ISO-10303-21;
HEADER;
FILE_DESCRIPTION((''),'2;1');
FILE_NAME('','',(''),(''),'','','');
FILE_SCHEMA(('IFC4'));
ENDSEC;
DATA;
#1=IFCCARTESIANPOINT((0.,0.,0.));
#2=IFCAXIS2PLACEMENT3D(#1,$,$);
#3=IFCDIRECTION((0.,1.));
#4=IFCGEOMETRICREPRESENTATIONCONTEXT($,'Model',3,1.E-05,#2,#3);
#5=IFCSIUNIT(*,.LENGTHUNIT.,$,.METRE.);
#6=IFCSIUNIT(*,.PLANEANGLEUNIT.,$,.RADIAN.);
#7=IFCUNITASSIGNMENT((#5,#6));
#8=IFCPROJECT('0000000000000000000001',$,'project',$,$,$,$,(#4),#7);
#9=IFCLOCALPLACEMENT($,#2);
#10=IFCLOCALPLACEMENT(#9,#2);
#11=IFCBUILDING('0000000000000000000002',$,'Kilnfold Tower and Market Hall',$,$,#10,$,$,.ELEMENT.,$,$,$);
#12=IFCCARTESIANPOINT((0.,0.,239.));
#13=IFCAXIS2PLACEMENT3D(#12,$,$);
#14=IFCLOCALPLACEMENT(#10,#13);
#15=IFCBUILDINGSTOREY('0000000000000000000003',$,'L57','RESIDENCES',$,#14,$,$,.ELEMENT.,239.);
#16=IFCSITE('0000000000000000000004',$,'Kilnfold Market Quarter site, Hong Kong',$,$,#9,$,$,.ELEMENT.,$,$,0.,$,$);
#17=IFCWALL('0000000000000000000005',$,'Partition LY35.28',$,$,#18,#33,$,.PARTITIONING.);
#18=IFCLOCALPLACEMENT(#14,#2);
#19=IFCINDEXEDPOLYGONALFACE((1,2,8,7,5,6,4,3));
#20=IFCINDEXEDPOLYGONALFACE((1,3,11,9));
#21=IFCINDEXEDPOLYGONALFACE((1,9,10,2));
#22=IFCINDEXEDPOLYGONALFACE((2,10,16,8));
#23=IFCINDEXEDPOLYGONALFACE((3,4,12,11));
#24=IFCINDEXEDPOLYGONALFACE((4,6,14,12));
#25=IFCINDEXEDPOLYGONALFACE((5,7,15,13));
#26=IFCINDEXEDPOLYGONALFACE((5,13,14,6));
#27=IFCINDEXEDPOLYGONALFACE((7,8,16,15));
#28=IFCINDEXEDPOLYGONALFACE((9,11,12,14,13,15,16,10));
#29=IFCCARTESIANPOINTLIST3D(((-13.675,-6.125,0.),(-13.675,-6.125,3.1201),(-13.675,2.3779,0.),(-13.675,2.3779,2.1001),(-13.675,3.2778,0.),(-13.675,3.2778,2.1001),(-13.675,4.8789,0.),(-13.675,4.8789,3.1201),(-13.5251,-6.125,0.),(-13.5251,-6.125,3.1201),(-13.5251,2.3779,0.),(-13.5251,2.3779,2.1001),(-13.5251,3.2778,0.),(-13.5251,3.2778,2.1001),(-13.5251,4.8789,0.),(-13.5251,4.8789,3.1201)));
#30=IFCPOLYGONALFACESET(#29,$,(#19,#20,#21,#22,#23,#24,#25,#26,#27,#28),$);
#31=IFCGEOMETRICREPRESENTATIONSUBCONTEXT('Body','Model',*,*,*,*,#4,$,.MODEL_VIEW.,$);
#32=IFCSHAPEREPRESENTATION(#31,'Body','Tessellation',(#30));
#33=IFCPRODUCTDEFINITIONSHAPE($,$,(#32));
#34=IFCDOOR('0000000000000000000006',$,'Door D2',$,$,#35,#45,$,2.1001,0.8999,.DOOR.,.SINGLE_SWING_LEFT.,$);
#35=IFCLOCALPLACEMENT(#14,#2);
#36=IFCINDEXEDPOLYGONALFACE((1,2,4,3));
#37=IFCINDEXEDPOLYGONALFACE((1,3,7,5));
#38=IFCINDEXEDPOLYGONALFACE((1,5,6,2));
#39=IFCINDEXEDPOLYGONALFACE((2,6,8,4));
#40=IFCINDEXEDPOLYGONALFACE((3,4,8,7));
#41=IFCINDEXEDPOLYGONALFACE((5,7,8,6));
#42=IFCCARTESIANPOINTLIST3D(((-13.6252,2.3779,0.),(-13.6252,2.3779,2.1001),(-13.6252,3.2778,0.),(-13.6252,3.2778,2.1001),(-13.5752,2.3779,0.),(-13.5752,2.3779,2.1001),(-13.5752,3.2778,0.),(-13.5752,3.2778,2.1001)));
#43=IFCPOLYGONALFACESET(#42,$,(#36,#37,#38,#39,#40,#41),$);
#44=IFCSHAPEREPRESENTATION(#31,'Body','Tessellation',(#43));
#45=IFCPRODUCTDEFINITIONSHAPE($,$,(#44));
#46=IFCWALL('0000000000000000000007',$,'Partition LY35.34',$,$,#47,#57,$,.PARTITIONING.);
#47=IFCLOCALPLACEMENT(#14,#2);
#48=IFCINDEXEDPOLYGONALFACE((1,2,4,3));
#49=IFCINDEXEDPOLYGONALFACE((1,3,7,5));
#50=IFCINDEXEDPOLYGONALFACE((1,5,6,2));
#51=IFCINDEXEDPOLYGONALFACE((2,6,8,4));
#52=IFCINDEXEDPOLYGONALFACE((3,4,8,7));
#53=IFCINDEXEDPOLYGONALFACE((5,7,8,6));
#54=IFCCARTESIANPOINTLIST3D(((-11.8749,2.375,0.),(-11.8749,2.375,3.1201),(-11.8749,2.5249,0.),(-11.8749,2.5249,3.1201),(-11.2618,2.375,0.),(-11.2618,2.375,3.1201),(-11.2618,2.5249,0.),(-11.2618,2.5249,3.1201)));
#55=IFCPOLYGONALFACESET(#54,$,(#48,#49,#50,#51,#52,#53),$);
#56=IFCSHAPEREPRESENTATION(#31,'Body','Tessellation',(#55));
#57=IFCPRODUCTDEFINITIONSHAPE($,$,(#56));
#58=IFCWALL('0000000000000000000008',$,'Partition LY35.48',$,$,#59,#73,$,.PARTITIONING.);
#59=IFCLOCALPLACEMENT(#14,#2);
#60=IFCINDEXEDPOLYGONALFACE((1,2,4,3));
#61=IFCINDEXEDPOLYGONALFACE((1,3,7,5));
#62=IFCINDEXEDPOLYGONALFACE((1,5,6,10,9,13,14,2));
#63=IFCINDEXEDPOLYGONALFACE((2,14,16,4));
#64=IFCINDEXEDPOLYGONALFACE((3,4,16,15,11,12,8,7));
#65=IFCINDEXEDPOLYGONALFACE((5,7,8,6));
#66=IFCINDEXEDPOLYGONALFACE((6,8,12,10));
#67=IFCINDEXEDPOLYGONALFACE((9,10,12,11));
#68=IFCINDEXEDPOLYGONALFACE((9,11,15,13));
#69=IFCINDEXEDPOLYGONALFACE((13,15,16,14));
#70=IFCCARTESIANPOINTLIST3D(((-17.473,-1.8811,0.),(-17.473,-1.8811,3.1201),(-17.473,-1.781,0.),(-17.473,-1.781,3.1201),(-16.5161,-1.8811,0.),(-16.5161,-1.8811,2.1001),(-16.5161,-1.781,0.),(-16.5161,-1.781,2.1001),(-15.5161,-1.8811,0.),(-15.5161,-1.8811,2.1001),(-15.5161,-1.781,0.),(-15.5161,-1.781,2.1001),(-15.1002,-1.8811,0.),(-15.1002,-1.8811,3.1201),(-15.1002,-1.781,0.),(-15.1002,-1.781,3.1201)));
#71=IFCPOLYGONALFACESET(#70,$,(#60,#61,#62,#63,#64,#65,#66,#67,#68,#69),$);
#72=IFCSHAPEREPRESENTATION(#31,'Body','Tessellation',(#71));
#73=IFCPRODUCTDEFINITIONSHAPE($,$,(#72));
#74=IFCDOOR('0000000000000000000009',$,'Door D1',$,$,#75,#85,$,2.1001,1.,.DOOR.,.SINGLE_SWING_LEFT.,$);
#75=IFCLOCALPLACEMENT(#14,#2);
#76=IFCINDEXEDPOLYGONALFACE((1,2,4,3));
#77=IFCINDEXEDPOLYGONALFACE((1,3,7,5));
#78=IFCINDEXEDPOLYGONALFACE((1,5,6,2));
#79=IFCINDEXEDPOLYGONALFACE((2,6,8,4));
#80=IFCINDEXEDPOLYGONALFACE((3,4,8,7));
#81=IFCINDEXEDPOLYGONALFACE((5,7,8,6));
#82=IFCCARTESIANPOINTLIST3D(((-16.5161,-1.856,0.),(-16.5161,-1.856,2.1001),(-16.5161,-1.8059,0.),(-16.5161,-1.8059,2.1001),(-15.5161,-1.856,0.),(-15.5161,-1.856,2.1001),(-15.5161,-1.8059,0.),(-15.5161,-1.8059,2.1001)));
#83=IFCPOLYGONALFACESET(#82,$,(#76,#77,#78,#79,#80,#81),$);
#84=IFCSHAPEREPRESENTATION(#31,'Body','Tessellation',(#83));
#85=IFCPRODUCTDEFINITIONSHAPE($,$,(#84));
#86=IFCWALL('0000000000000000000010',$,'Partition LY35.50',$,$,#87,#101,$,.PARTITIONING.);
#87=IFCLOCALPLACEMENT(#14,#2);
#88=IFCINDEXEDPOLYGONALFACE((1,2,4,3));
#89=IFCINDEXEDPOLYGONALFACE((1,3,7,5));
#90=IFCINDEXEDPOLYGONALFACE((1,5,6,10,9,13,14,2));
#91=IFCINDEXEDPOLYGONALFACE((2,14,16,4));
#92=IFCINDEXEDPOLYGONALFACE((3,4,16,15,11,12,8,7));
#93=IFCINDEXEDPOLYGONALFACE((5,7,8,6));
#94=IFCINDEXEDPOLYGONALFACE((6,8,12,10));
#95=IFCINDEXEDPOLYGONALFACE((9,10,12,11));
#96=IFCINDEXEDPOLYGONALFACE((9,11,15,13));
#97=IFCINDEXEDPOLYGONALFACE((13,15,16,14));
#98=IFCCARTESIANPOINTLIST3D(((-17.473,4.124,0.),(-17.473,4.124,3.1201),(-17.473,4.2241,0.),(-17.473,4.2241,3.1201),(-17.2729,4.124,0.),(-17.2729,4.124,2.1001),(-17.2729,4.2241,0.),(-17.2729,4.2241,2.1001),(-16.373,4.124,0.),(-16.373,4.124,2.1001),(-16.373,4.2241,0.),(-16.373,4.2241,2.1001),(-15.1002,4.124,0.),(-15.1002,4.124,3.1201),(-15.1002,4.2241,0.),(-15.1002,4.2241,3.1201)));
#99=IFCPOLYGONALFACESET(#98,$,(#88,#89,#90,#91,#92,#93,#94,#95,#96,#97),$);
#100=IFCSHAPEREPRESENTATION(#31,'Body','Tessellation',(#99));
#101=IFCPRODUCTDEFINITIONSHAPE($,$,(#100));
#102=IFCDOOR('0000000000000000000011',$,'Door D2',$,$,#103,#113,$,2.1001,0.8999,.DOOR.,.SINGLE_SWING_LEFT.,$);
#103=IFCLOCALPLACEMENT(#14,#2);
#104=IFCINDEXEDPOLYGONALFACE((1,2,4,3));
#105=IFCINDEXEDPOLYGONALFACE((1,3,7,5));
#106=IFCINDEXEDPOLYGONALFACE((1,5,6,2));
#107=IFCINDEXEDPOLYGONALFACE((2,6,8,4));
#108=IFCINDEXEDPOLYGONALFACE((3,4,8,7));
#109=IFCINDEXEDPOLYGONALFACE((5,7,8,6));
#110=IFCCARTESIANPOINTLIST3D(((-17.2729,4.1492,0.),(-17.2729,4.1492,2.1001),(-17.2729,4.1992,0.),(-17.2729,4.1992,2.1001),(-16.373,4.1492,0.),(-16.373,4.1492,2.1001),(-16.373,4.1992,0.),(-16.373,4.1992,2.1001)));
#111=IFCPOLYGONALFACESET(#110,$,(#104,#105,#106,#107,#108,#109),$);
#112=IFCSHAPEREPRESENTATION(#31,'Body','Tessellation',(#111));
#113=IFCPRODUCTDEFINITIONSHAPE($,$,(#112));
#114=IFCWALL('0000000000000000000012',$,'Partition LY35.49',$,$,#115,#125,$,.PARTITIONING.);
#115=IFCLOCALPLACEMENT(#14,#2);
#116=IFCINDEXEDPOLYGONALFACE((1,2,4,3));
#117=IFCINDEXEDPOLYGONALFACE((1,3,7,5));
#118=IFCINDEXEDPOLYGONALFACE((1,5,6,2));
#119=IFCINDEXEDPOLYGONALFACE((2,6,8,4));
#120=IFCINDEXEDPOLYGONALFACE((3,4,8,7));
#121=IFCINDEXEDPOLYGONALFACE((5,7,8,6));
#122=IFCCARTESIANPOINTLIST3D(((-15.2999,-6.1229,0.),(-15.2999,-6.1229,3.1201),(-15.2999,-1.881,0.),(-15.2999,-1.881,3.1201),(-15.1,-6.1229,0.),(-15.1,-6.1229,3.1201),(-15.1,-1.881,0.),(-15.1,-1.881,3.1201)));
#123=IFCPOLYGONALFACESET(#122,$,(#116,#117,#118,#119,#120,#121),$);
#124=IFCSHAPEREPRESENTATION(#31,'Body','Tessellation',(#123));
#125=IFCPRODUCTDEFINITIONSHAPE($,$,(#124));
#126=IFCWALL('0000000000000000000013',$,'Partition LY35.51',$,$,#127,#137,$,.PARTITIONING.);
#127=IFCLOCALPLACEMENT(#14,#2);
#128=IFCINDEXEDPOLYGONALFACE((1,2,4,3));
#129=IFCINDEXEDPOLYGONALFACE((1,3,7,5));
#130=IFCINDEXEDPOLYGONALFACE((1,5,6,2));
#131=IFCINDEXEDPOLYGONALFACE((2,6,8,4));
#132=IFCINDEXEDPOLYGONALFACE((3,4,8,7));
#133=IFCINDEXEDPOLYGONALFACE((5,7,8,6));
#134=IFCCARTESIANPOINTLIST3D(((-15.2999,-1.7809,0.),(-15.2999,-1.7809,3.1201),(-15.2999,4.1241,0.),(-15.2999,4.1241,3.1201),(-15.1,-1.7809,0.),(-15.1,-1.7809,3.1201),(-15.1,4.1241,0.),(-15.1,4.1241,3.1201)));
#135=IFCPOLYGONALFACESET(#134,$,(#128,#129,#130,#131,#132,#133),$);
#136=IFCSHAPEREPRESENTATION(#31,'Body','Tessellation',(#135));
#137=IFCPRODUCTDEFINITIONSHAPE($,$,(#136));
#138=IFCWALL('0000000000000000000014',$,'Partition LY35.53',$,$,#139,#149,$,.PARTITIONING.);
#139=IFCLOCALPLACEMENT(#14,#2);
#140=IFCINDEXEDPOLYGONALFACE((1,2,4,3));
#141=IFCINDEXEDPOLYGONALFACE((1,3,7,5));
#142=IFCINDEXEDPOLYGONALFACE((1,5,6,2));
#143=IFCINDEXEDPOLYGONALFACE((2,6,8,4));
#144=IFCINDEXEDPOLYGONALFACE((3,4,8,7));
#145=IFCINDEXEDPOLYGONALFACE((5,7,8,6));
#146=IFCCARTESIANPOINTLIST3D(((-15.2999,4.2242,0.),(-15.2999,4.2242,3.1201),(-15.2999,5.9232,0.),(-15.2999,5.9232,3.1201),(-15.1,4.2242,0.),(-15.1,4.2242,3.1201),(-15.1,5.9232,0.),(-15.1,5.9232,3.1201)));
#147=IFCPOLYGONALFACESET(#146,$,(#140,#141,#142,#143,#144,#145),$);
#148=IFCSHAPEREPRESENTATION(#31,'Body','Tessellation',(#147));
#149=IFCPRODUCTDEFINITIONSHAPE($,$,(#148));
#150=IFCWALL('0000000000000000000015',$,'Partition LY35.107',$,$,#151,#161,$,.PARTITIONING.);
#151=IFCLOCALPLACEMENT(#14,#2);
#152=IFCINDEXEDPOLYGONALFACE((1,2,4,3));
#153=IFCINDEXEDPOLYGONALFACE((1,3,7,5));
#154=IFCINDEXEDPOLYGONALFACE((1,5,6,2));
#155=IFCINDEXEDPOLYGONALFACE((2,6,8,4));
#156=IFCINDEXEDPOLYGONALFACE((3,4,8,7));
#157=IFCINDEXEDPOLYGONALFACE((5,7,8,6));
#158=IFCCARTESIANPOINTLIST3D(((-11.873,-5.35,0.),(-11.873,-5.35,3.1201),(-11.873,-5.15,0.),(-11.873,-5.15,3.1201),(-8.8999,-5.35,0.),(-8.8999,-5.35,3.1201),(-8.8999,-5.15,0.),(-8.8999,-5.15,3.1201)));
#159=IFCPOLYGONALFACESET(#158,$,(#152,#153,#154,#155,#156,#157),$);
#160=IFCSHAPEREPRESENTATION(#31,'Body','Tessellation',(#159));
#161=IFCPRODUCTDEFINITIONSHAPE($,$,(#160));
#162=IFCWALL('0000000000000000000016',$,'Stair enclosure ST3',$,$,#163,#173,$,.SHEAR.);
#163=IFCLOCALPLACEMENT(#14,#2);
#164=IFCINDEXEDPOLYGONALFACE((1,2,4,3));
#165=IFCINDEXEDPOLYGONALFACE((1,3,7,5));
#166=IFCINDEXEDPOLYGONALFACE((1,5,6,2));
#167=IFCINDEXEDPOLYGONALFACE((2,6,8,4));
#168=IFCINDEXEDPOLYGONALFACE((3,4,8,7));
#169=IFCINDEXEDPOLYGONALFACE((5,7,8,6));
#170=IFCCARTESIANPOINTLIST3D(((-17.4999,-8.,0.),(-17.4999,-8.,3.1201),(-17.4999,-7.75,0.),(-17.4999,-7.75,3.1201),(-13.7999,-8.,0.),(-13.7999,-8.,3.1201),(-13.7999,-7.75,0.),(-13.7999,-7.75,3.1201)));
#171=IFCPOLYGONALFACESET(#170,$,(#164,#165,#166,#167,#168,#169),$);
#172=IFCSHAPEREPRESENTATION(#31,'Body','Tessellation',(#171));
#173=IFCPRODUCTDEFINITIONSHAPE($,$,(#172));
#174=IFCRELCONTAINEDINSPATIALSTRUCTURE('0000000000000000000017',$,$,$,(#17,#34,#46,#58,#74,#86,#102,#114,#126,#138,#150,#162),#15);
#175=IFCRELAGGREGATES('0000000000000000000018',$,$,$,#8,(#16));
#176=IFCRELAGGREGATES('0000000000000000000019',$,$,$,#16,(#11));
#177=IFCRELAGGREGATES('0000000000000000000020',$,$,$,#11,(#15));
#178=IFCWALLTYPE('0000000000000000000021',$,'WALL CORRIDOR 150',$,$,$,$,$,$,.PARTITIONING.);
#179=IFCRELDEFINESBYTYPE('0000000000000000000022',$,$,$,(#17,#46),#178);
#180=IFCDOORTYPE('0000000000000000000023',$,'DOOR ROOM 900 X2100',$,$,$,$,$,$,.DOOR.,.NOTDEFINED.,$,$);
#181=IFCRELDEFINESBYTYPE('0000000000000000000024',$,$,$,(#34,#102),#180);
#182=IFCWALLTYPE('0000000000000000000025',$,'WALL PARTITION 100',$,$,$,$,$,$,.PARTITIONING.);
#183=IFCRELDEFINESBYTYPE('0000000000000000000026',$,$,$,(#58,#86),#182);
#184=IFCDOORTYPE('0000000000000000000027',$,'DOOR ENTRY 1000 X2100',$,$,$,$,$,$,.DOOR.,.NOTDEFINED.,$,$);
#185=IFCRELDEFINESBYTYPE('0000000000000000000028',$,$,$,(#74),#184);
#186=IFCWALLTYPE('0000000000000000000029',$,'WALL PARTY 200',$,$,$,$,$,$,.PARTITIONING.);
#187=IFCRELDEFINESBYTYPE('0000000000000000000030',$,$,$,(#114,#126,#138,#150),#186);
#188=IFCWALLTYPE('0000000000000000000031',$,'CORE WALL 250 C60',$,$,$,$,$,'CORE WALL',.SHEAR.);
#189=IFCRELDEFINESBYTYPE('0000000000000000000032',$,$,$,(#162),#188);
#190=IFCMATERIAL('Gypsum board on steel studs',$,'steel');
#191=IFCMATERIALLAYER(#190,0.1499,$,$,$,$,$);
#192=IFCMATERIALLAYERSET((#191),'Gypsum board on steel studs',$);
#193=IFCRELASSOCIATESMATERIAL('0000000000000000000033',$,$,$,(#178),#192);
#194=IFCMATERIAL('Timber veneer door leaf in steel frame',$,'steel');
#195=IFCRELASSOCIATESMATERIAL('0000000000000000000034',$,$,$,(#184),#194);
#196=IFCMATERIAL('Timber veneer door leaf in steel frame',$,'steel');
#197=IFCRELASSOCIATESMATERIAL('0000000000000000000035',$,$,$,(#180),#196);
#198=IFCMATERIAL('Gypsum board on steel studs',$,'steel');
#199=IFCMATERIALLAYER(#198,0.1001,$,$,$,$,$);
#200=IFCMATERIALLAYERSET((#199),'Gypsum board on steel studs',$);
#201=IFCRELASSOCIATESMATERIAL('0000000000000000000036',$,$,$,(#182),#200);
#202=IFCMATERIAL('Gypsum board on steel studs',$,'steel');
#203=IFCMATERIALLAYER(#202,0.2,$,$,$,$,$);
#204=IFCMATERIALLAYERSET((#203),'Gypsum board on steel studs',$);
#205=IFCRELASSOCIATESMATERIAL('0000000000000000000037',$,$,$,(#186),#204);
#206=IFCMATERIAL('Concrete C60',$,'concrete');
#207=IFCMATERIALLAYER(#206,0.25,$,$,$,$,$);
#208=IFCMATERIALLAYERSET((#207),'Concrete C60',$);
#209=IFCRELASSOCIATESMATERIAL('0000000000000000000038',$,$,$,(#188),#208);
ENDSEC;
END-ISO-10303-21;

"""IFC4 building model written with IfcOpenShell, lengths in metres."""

from ifc_helpers import new_model, si_unit, direction, frame, frame_2d, origin, place, context, subcontext, project, spatial, rectangle, extrude, source, transform, mapped, material, layer, layer_set, type_object, element, fill, save


model = new_model("IFC4")

# Units and contexts
model_context = context("Model", 3, precision=1e-05, world=origin(), true_north=direction((0.0, 1.0)))
body_context = subcontext(model_context, "Body", "Model", "MODEL_VIEW")
ifc_project = project(units=[si_unit("LENGTHUNIT", "METRE"), si_unit("PLANEANGLEUNIT", "RADIAN")], contexts=[model_context])

# Site, building, storey
site_placement = place(None, origin())
site = spatial("IfcSite", under=ifc_project, at=site_placement, Name="Kilnfold Market Quarter site, Hong Kong", CompositionType="ELEMENT", RefElevation=0.0)
building_placement = place(site_placement, origin())
building = spatial("IfcBuilding", under=site, at=building_placement, Name="Kilnfold Tower and Market Hall", CompositionType="ELEMENT")
storey_placement = place(building_placement, frame((0.0, 0.0, 239.0)))
storey = spatial("IfcBuildingStorey", under=building, at=storey_placement, Name="L57", Description="RESIDENCES", CompositionType="ELEMENT", Elevation=239.0)

# Shared definitions
ifc_material_1 = material(Name="Gypsum board on steel studs", Category="steel")
ifc_layer_1 = layer(ifc_material_1, 0.1499)
ifc_layer_set_1 = layer_set([ifc_layer_1], Name="Gypsum board on steel studs")
wall_type_1 = type_object("IfcWallType", Name="WALL CORRIDOR 150", PredefinedType="PARTITIONING", material=ifc_layer_set_1)
ifc_material_2 = material(Name="Timber veneer door leaf in steel frame", Category="steel")
door_type_1 = type_object("IfcDoorType", Name="DOOR ENTRY 1000 X2100", OperationType="NOTDEFINED", PredefinedType="DOOR", material=ifc_material_2)

# Wall, opening, door
wall_1_placement = place(storey_placement, frame((-13.6001, 4.8789, 0.0), z_axis=(0.0, 0.0, 1.0), x_axis=(0.0, -1.0, 0.0)))
wall_1 = element("IfcWall", 1, at=wall_1_placement, inside=storey, type_object=wall_type_1, Name="Partition LY35.28", PredefinedType="PARTITIONING", context=body_context, shape_type="SweptSolid", body=[
    extrude(rectangle(XDim=11.0039, YDim=0.1499, at=frame_2d((5.502, 0.0))), origin(), (0.0, 0.0, 1.0), 3.1201),
])
opening_1_placement = place(wall_1_placement, frame((1.6011, 0.0, 0.0)))
opening_1 = element("IfcOpeningElement", 2, at=opening_1_placement, cuts=wall_1, PredefinedType="OPENING", context=body_context, shape_type="SweptSolid", body=[
    extrude(rectangle(XDim=0.8999, YDim=2.1001, at=frame_2d((0.45, 1.05))), frame((0.0, 0.085, 0.0), z_axis=(0.0, -1.0, 0.0), x_axis=(1.0, 0.0, 0.0)), (0.0, 0.0, 1.0), 0.1699),
])
ifc_material_3 = material(Name="Timber veneer door leaf in steel frame", Category="steel")
door_type_2 = type_object("IfcDoorType", Name="DOOR ROOM 900 X2100", OperationType="NOTDEFINED", PredefinedType="DOOR", material=ifc_material_3)
door_1_placement = place(opening_1_placement, origin())
door_1 = element("IfcDoor", 3, at=door_1_placement, inside=storey, type_object=door_type_2, Name="Door D2", OperationType="SINGLE_SWING_LEFT", OverallHeight=2.1001, OverallWidth=0.8999, PredefinedType="DOOR", context=body_context, shape_type="SweptSolid", body=[
    extrude(rectangle(XDim=0.8999, YDim=2.1001, at=frame_2d((0.45, 1.05))), frame((0.0, 0.0249, 0.0), z_axis=(0.0, -1.0, 0.0), x_axis=(1.0, 0.0, 0.0)), (0.0, 0.0, 1.0), 0.05),
])
fill(opening_1, door_1)

# Wall
wall_2_placement = place(storey_placement, frame((-11.875, 2.45, 0.0), z_axis=(0.0, 0.0, 1.0), x_axis=(1.0, 0.0, 0.0)))
element("IfcWall", 4, at=wall_2_placement, inside=storey, type_object=wall_type_1, Name="Partition LY35.34", PredefinedType="PARTITIONING", context=body_context, shape_type="SweptSolid", body=[
    extrude(rectangle(XDim=0.613, YDim=0.1499, at=frame_2d((0.3066, 0.0))), origin(), (0.0, 0.0, 1.0), 3.1201),
])

# Walls, openings, doors
ifc_material_4 = material(Name="Gypsum board on steel studs", Category="steel")
ifc_layer_2 = layer(ifc_material_4, 0.1001)
ifc_layer_set_2 = layer_set([ifc_layer_2], Name="Gypsum board on steel studs")
wall_type_2 = type_object("IfcWallType", Name="WALL PARTITION 100", PredefinedType="PARTITIONING", material=ifc_layer_set_2)
wall_3_placement = place(storey_placement, frame((-15.1001, -1.8311, 0.0), z_axis=(0.0, 0.0, 1.0), x_axis=(-1.0, 0.0, 0.0)))
wall_3 = element("IfcWall", 5, at=wall_3_placement, inside=storey, type_object=wall_type_2, Name="Partition LY35.48", PredefinedType="PARTITIONING", context=body_context, shape_type="SweptSolid", body=[
    extrude(rectangle(XDim=2.3728, YDim=0.1001, at=frame_2d((1.1865, 0.0))), origin(), (0.0, 0.0, 1.0), 3.1201),
])
opening_2_placement = place(wall_3_placement, frame((0.416, 0.0, 0.0)))
opening_2 = element("IfcOpeningElement", 6, at=opening_2_placement, cuts=wall_3, PredefinedType="OPENING", context=body_context, shape_type="SweptSolid", body=[
    extrude(rectangle(XDim=1.0, YDim=2.1001, at=frame_2d((0.5, 1.05))), frame((0.0, 0.0601, 0.0), z_axis=(0.0, -1.0, 0.0), x_axis=(1.0, 0.0, 0.0)), (0.0, 0.0, 1.0), 0.1201),
])
door_2_placement = place(opening_2_placement, origin())
door_2 = element("IfcDoor", 7, at=door_2_placement, inside=storey, type_object=door_type_1, Name="Door D1", OperationType="SINGLE_SWING_LEFT", OverallHeight=2.1001, OverallWidth=1.0, PredefinedType="DOOR", context=body_context, shape_type="SweptSolid", body=[
    extrude(rectangle(XDim=1.0, YDim=2.1001, at=frame_2d((0.5, 1.05))), frame((0.0, 0.0249, 0.0), z_axis=(0.0, -1.0, 0.0), x_axis=(1.0, 0.0, 0.0)), (0.0, 0.0, 1.0), 0.05),
])
fill(opening_2, door_2)
wall_4_placement = place(storey_placement, frame((-15.1001, 4.1741, 0.0), z_axis=(0.0, 0.0, 1.0), x_axis=(-1.0, 0.0, 0.0)))
wall_4 = element("IfcWall", 8, at=wall_4_placement, inside=storey, type_object=wall_type_2, Name="Partition LY35.50", PredefinedType="PARTITIONING", context=body_context, shape_type="SweptSolid", body=[
    extrude(rectangle(XDim=2.3728, YDim=0.1001, at=frame_2d((1.1865, 0.0))), origin(), (0.0, 0.0, 1.0), 3.1201),
])
opening_3_placement = place(wall_4_placement, frame((1.2729, 0.0, 0.0)))
opening_3 = element("IfcOpeningElement", 9, at=opening_3_placement, cuts=wall_4, PredefinedType="OPENING", context=body_context, shape_type="SweptSolid", body=[
    extrude(rectangle(XDim=0.8999, YDim=2.1001, at=frame_2d((0.45, 1.05))), frame((0.0, 0.0601, 0.0), z_axis=(0.0, -1.0, 0.0), x_axis=(1.0, 0.0, 0.0)), (0.0, 0.0, 1.0), 0.1201),
])
door_3_placement = place(opening_3_placement, origin())
door_3 = element("IfcDoor", 10, at=door_3_placement, inside=storey, type_object=door_type_2, Name="Door D2", OperationType="SINGLE_SWING_LEFT", OverallHeight=2.1001, OverallWidth=0.8999, PredefinedType="DOOR", context=body_context, shape_type="SweptSolid", body=[
    extrude(rectangle(XDim=0.8999, YDim=2.1001, at=frame_2d((0.45, 1.05))), frame((0.0, 0.0249, 0.0), z_axis=(0.0, -1.0, 0.0), x_axis=(1.0, 0.0, 0.0)), (0.0, 0.0, 1.0), 0.05),
])
fill(opening_3, door_3)

# Walls
ifc_material_5 = material(Name="Gypsum board on steel studs", Category="steel")
ifc_layer_3 = layer(ifc_material_5, 0.2)
ifc_layer_set_3 = layer_set([ifc_layer_3], Name="Gypsum board on steel studs")
wall_type_3 = type_object("IfcWallType", Name="WALL PARTY 200", PredefinedType="PARTITIONING", material=ifc_layer_set_3)
wall_5_placement = place(storey_placement, frame((-15.2, -6.123, 0.0), z_axis=(0.0, 0.0, 1.0), x_axis=(0.0, 1.0, 0.0)))
element("IfcWall", 11, at=wall_5_placement, inside=storey, type_object=wall_type_3, Name="Partition LY35.49", PredefinedType="PARTITIONING", context=body_context, shape_type="SweptSolid", body=[
    extrude(rectangle(XDim=4.2419, YDim=0.2, at=frame_2d((2.1211, 0.0))), origin(), (0.0, 0.0, 1.0), 3.1201),
])
wall_6_placement = place(storey_placement, frame((-15.2, -1.781, 0.0), z_axis=(0.0, 0.0, 1.0), x_axis=(0.0, 1.0, 0.0)))
element("IfcWall", 12, at=wall_6_placement, inside=storey, type_object=wall_type_3, Name="Partition LY35.51", PredefinedType="PARTITIONING", context=body_context, shape_type="SweptSolid", body=[
    extrude(rectangle(XDim=5.905, YDim=0.2, at=frame_2d((2.9526, 0.0))), origin(), (0.0, 0.0, 1.0), 3.1201),
])
wall_7_placement = place(storey_placement, frame((-15.2, 4.2241, 0.0), z_axis=(0.0, 0.0, 1.0), x_axis=(0.0, 1.0, 0.0)))
element("IfcWall", 13, at=wall_7_placement, inside=storey, type_object=wall_type_3, Name="Partition LY35.53", PredefinedType="PARTITIONING", context=body_context, shape_type="SweptSolid", body=[
    extrude(rectangle(XDim=1.699, YDim=0.2, at=frame_2d((0.8496, 0.0))), origin(), (0.0, 0.0, 1.0), 3.1201),
])
wall_8_placement = place(storey_placement, frame((-11.873, -5.25, 0.0), z_axis=(0.0, 0.0, 1.0), x_axis=(1.0, 0.0, 0.0)))
element("IfcWall", 14, at=wall_8_placement, inside=storey, type_object=wall_type_3, Name="Partition LY35.107", PredefinedType="PARTITIONING", context=body_context, shape_type="SweptSolid", body=[
    extrude(rectangle(XDim=2.9731, YDim=0.2, at=frame_2d((1.4866, 0.0))), origin(), (0.0, 0.0, 1.0), 3.1201),
])
ifc_material_6 = material(Name="Concrete C60", Category="concrete")
ifc_layer_4 = layer(ifc_material_6, 0.25)
ifc_layer_set_4 = layer_set([ifc_layer_4], Name="Concrete C60")
wall_type_4 = type_object("IfcWallType", Name="CORE WALL 250 C60", ElementType="CORE WALL", PredefinedType="SHEAR", material=ifc_layer_set_4)
shared_shape_1 = source(origin(), body_context, "Body", "SweptSolid", [
    extrude(rectangle(XDim=3.7, YDim=0.25, at=frame_2d((1.8501, 0.0))), origin(), (0.0, 0.0, 1.0), 3.1201),
])
wall_9_placement = place(storey_placement, frame((-17.5, -7.875, 0.0), z_axis=(0.0, 0.0, 1.0), x_axis=(1.0, 0.0, 0.0)))
element("IfcWall", 15, at=wall_9_placement, inside=storey, type_object=wall_type_4, Name="Stair enclosure ST3", PredefinedType="SHEAR", context=body_context, shape_type="MappedRepresentation", body=[
    mapped(shared_shape_1, transform((0.0, 0.0, 0.0))),
])

save(model, "model.ifc")
